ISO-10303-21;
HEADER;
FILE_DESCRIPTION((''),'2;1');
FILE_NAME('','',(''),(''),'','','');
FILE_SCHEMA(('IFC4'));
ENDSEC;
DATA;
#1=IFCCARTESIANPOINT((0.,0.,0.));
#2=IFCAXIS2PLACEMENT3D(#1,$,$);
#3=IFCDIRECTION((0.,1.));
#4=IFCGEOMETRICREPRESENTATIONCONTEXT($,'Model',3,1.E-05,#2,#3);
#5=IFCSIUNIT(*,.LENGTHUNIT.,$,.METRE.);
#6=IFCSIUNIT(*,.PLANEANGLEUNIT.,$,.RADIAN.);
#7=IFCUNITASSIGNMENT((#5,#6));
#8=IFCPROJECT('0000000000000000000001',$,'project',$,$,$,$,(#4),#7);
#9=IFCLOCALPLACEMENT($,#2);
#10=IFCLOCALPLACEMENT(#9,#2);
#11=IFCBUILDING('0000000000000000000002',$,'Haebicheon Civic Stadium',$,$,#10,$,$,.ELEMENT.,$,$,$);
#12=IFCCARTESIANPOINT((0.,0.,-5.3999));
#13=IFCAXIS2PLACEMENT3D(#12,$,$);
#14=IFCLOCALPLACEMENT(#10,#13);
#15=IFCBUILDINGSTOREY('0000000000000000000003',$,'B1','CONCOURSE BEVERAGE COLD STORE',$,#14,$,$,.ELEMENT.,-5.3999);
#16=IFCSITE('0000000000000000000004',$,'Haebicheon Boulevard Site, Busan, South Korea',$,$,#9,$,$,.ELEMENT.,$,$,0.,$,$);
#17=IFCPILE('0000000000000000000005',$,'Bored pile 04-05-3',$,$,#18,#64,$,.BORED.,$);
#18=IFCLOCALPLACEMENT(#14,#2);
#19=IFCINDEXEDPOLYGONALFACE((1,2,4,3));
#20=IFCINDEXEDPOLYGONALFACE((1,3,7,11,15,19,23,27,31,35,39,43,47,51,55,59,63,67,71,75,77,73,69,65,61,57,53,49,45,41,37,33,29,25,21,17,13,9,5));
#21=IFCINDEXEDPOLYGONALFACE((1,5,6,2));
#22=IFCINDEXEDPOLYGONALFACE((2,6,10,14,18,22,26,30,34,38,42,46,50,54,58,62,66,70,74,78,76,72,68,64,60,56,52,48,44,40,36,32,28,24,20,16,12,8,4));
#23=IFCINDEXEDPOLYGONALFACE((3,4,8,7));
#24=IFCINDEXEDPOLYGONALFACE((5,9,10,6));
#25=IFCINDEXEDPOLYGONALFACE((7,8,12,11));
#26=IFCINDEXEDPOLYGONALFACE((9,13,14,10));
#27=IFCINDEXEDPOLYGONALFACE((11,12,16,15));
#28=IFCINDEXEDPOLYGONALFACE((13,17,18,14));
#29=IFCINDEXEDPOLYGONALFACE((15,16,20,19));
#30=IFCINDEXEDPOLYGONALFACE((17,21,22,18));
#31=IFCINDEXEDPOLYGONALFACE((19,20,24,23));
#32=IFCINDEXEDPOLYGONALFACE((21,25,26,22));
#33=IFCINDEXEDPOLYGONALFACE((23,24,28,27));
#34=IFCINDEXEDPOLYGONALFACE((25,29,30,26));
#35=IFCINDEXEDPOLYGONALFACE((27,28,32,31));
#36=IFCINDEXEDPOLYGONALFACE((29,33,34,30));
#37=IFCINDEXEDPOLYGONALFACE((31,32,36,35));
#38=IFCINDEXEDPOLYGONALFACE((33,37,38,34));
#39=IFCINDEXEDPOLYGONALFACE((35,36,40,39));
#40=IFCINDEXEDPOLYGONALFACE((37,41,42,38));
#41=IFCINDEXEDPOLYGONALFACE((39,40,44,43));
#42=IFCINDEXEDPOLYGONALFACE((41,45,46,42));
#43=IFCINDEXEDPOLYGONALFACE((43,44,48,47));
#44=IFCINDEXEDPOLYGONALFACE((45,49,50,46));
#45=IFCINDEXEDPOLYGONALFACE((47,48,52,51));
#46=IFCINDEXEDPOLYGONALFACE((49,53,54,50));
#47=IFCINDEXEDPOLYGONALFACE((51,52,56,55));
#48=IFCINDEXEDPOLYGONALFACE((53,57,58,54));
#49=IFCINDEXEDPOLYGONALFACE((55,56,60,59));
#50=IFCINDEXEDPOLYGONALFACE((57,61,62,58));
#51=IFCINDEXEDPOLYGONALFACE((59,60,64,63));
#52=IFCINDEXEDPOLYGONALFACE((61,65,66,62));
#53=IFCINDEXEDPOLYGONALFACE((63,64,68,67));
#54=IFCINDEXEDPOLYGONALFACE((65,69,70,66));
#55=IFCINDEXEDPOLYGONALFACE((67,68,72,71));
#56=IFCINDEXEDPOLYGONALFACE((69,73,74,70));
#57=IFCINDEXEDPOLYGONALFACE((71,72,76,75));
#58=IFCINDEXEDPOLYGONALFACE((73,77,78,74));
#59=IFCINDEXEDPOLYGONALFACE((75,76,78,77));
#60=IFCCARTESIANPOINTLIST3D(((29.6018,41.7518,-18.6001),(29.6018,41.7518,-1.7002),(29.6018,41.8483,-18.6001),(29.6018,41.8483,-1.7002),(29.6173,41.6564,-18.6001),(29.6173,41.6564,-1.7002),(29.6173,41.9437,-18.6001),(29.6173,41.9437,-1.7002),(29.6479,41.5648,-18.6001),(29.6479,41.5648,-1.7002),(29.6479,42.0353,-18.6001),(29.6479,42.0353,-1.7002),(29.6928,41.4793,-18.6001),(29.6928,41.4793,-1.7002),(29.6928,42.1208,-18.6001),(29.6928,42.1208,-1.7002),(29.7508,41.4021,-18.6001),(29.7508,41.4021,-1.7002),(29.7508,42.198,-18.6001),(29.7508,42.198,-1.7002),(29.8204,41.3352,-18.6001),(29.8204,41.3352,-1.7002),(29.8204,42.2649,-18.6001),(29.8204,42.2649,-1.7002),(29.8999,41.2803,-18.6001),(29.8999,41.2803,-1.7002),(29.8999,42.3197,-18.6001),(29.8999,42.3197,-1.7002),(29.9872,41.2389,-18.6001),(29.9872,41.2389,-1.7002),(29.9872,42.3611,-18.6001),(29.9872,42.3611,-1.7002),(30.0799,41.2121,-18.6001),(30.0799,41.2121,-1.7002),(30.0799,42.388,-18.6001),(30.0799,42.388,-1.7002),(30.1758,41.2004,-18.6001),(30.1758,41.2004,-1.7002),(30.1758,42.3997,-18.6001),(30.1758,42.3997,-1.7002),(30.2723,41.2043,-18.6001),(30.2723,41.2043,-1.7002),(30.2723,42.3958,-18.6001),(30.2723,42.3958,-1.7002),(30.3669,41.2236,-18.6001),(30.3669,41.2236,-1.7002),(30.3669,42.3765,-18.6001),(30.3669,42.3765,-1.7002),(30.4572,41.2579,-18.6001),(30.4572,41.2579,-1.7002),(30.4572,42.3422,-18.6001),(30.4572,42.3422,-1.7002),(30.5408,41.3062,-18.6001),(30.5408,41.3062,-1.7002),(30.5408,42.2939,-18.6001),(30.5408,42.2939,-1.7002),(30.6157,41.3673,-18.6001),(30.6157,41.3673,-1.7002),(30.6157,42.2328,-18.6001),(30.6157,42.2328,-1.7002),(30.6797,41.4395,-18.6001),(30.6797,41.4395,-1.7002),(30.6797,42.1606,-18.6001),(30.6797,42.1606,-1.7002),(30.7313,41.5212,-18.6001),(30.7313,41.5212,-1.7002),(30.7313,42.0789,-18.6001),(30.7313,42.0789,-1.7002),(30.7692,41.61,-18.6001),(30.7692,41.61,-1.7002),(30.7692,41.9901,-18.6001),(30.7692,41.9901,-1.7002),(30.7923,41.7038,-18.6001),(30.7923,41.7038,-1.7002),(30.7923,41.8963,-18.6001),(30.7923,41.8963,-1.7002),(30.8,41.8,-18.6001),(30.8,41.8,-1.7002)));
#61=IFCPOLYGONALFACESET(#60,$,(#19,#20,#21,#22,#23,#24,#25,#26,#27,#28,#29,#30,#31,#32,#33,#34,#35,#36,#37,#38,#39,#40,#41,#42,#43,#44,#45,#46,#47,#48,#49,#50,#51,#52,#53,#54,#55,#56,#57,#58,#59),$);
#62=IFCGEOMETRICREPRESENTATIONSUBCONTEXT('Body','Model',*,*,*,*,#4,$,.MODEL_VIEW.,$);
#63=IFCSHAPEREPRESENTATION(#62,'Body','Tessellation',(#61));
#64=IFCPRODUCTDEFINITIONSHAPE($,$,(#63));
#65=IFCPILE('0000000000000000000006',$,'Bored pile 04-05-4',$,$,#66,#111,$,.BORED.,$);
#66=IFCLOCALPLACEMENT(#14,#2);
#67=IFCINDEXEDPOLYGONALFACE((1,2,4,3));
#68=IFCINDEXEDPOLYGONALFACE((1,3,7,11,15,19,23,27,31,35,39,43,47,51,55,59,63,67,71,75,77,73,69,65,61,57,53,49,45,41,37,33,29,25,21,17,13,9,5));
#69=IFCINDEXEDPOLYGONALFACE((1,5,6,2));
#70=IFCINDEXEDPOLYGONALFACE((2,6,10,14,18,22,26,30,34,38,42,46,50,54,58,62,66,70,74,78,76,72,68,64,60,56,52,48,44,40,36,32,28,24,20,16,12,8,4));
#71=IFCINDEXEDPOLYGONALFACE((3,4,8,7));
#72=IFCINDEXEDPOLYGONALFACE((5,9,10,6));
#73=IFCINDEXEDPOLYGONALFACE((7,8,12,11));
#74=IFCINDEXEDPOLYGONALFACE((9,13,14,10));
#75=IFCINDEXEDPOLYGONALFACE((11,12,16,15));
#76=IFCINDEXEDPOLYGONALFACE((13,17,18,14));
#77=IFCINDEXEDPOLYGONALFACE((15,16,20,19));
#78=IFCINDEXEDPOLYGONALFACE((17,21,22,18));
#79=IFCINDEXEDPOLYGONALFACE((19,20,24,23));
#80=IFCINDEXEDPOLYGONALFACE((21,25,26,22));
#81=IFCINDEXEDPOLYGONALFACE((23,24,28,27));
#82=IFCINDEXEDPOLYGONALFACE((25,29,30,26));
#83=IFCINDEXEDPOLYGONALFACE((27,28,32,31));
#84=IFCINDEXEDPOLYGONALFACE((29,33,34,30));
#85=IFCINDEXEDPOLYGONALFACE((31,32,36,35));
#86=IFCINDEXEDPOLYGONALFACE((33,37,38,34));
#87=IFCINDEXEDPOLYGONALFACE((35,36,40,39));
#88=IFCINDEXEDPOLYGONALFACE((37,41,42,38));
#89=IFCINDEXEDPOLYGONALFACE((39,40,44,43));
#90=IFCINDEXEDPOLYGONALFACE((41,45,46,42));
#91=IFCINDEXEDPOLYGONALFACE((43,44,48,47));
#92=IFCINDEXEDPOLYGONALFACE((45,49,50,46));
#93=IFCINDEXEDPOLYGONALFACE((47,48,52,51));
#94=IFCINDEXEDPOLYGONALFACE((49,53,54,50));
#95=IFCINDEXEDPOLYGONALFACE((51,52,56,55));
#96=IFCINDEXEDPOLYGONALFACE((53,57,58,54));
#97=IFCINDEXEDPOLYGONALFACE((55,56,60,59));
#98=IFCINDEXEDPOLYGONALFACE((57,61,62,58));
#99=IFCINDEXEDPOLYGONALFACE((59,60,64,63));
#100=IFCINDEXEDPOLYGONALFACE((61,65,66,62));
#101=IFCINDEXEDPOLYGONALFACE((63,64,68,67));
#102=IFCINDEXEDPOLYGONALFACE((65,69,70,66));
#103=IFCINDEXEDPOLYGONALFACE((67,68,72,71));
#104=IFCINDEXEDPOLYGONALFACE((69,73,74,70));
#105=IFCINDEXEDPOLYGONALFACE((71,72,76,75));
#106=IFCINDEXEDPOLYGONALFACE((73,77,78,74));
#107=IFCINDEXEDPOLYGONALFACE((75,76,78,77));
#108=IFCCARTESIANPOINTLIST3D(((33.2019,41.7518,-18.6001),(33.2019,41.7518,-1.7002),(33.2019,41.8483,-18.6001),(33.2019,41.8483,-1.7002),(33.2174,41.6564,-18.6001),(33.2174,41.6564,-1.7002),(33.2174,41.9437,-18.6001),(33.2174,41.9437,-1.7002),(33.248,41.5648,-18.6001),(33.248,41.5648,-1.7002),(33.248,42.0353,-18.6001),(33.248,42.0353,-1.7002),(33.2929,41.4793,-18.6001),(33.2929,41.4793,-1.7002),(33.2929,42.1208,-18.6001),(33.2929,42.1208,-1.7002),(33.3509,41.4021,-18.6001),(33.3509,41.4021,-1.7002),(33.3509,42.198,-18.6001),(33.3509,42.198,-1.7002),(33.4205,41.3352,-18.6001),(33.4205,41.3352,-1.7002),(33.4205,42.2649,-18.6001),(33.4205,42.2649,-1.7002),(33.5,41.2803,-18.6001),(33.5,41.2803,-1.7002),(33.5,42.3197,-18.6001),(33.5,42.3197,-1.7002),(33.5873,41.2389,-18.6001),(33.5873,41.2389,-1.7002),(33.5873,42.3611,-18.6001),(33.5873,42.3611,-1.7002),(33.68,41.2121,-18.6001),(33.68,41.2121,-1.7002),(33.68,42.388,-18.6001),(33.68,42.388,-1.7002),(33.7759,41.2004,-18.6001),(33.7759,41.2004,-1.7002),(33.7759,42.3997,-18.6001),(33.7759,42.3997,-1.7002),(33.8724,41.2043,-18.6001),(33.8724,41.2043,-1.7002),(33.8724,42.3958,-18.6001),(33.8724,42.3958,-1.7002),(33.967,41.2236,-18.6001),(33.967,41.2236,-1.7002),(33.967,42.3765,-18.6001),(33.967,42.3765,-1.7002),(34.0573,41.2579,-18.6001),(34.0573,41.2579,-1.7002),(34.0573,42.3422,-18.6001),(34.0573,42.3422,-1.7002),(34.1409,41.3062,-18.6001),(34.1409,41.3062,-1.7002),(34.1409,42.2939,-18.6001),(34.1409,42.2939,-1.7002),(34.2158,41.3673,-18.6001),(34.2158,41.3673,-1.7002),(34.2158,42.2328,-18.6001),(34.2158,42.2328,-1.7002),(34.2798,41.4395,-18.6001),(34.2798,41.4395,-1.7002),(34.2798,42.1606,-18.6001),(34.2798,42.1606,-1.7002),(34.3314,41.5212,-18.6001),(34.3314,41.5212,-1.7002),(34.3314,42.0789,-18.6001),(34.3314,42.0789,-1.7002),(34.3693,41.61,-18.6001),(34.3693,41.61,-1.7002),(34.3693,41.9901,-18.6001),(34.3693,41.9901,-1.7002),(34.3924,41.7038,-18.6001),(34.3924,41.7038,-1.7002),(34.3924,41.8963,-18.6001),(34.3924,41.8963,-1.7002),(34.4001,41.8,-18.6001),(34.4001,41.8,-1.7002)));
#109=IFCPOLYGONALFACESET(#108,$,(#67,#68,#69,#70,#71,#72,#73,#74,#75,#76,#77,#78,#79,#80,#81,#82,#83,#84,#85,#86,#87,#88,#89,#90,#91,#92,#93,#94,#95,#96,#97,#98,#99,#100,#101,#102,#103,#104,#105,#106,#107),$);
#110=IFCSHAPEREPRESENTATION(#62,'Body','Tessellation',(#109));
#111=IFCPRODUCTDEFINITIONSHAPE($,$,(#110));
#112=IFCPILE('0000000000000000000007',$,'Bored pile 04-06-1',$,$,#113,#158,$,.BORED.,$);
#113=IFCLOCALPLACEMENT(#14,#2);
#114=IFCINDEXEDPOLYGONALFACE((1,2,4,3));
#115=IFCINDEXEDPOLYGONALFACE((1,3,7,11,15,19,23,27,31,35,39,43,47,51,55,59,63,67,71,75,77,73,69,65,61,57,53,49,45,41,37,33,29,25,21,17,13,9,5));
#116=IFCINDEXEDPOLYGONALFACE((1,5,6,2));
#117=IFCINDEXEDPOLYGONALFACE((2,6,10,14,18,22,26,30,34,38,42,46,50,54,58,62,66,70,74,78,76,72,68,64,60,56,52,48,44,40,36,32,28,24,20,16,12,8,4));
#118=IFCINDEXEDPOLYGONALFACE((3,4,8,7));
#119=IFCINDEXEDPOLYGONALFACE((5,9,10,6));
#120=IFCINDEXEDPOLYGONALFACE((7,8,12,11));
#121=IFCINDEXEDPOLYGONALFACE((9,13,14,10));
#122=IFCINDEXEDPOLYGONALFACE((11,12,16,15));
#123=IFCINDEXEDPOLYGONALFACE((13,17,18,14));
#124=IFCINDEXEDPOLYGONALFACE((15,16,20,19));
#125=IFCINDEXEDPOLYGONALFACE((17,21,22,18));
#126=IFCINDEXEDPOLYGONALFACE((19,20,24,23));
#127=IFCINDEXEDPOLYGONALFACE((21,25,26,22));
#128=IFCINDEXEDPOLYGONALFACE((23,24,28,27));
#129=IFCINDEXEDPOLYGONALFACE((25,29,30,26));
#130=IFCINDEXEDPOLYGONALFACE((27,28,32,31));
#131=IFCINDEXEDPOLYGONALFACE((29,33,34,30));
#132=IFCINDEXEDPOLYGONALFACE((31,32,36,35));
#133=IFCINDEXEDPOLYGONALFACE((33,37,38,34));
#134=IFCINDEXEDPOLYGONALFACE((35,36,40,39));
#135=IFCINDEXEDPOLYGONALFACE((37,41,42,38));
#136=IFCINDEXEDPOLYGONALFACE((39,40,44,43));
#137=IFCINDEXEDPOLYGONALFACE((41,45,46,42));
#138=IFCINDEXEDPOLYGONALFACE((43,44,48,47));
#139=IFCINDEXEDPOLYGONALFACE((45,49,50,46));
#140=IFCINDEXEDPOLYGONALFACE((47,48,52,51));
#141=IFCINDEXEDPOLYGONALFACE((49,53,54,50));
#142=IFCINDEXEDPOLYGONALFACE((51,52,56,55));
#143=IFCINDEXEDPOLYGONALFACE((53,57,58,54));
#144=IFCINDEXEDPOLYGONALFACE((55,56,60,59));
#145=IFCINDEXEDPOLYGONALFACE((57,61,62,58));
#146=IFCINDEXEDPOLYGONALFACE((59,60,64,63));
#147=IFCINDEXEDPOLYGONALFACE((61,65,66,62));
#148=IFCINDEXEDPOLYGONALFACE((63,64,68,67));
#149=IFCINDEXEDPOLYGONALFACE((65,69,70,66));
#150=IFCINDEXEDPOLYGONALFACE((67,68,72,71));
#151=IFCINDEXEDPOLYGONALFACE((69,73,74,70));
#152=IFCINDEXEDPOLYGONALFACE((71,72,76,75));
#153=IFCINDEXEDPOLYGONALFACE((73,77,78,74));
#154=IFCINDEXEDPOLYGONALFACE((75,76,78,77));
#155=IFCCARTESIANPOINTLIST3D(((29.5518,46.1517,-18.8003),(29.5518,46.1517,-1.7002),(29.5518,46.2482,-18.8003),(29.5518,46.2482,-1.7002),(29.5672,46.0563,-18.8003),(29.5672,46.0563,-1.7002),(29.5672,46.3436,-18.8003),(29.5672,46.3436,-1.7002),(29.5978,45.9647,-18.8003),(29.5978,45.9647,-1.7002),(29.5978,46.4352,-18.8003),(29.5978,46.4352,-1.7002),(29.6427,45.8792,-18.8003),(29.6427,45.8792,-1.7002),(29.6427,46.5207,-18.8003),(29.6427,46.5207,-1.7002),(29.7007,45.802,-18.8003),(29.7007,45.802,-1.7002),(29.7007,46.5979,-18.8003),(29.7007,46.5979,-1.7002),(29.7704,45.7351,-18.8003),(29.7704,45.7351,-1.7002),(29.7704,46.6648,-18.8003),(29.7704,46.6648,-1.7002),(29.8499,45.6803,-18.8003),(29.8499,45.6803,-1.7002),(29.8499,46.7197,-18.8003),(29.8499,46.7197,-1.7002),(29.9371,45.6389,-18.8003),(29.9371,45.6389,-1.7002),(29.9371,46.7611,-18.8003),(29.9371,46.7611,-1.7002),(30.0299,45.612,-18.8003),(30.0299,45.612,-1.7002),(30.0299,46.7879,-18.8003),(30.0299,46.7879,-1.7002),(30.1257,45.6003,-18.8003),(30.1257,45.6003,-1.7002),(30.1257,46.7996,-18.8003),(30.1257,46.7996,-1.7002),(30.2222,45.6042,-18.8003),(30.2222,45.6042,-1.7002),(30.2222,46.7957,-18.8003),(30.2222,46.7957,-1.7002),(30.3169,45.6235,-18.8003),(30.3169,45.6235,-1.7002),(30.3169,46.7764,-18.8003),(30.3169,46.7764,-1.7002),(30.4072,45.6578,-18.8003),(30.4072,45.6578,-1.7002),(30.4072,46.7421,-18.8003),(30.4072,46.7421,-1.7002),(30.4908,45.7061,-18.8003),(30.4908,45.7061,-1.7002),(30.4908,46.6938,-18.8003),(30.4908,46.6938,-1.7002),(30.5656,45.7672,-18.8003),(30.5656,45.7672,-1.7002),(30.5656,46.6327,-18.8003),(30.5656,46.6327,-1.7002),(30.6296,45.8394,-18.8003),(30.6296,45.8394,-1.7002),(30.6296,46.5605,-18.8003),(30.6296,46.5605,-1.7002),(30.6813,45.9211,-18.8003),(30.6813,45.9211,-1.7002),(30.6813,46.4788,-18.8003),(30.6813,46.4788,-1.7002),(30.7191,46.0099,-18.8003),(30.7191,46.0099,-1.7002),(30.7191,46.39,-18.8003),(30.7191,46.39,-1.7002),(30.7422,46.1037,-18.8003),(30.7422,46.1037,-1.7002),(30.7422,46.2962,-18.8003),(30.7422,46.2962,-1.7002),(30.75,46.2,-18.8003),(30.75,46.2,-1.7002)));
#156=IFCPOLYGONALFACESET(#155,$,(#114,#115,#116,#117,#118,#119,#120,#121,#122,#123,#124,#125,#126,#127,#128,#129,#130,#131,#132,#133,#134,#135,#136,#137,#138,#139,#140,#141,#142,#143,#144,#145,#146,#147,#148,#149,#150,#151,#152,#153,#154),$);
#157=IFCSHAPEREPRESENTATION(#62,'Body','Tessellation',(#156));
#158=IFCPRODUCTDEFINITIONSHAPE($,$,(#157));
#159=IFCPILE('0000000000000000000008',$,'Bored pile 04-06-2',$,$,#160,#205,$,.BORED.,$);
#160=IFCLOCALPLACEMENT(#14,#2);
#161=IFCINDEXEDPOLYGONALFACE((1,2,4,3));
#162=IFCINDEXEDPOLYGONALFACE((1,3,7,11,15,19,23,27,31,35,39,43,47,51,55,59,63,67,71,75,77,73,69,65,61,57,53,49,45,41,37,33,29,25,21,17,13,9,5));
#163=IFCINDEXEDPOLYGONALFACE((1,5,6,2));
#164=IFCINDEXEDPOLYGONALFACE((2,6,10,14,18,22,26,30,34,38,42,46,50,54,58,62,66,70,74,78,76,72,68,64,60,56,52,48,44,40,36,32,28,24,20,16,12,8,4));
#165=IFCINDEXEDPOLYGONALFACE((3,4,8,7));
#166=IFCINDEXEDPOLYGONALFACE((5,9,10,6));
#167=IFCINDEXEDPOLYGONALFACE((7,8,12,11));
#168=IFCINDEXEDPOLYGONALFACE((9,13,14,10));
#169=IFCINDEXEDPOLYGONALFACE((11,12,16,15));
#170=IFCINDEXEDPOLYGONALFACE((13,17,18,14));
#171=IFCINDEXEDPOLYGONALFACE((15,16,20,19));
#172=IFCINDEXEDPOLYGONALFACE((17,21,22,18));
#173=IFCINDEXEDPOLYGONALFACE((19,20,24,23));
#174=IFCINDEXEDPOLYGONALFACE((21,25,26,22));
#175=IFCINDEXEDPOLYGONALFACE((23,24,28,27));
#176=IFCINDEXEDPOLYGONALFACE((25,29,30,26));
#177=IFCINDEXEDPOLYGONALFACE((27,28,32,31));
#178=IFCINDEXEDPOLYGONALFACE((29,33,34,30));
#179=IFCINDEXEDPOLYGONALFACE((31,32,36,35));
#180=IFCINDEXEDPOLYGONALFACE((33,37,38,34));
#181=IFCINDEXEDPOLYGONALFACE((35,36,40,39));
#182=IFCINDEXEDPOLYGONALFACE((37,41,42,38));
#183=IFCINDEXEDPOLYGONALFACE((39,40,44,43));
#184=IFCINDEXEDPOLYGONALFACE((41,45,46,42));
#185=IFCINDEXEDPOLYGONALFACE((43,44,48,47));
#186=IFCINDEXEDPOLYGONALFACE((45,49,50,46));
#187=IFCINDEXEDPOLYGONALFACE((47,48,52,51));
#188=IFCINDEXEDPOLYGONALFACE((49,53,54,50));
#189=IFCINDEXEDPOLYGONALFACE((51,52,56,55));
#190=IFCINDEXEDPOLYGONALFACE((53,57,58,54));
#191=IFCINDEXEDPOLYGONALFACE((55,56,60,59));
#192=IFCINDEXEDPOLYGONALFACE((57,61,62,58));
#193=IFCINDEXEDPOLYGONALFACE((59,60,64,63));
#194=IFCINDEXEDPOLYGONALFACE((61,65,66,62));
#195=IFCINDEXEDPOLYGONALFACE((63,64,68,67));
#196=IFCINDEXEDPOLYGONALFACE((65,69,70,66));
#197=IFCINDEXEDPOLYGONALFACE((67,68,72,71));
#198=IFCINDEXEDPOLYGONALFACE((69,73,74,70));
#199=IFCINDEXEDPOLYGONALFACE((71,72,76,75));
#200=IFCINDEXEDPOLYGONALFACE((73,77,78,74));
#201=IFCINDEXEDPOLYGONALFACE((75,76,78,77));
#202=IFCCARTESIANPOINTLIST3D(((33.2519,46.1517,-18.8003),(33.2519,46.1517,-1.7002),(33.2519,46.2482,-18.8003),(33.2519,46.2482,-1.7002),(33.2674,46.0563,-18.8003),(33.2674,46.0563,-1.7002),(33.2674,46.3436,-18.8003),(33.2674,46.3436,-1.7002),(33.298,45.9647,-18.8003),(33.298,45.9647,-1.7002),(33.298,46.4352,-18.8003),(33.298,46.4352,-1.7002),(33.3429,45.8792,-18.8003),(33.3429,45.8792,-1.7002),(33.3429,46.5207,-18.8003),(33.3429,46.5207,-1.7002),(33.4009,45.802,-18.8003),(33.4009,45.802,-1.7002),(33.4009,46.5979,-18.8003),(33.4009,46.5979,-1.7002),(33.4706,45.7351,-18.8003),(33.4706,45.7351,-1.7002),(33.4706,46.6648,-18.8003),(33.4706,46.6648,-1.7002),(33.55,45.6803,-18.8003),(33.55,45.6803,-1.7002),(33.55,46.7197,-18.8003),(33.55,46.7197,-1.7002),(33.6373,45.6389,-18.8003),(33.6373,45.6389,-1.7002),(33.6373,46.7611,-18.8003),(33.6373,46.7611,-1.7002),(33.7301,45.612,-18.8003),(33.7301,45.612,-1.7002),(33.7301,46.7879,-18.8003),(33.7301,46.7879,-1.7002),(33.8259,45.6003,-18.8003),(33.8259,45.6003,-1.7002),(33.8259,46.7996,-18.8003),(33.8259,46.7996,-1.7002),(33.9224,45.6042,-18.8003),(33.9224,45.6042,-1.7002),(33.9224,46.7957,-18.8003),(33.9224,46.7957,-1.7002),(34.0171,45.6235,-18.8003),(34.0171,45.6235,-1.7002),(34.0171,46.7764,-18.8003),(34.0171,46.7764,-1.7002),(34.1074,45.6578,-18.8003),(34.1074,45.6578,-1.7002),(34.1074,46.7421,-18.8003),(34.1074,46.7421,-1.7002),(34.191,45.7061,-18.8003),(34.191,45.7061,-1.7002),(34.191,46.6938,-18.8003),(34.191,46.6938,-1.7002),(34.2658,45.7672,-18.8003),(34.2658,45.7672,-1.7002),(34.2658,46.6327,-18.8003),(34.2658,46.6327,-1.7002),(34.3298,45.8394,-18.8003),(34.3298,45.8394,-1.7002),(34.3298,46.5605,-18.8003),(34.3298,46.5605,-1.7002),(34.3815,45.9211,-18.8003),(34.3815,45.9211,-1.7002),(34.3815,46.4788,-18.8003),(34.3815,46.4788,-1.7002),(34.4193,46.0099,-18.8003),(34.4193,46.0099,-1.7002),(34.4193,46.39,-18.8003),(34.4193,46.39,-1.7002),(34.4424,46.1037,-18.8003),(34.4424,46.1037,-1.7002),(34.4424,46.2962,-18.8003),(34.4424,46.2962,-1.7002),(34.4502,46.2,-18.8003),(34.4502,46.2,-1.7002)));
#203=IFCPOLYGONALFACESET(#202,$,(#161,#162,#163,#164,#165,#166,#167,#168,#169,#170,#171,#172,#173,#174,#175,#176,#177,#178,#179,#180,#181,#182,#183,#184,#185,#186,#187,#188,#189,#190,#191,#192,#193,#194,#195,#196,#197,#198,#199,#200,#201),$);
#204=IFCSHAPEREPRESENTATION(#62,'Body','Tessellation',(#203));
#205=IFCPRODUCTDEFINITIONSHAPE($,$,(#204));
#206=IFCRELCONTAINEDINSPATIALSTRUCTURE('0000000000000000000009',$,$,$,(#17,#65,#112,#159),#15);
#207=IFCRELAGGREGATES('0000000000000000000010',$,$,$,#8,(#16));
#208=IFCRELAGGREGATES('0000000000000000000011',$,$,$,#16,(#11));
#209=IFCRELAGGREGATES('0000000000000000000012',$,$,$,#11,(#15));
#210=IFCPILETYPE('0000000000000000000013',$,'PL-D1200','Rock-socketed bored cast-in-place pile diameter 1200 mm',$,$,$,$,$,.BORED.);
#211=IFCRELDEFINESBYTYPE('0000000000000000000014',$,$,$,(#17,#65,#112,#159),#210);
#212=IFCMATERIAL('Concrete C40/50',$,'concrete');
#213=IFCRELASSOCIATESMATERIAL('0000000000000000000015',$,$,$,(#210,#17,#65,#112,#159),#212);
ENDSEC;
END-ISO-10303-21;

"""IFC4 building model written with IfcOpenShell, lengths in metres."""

from ifc_helpers import new_model, si_unit, direction, frame, origin, origin_2d, place, context, subcontext, project, spatial, circle, extrude, material, material_profile, profile_set, type_object, element, save


model = new_model("IFC4")

# Units and contexts
model_context = context("Model", 3, precision=1e-05, world=origin(), true_north=direction((0.0, 1.0)))
body_context = subcontext(model_context, "Body", "Model", "MODEL_VIEW")
ifc_project = project(units=[si_unit("LENGTHUNIT", "METRE"), si_unit("PLANEANGLEUNIT", "RADIAN")], contexts=[model_context])

# Site, building, storey
site_placement = place(None, origin())
site = spatial("IfcSite", under=ifc_project, at=site_placement, Name="Haebicheon Boulevard Site, Busan, South Korea", CompositionType="ELEMENT", RefElevation=0.0)
building_placement = place(site_placement, origin())
building = spatial("IfcBuilding", under=site, at=building_placement, Name="Haebicheon Civic Stadium", CompositionType="ELEMENT")
storey_placement = place(building_placement, frame((0.0, 0.0, -5.3999)))
storey = spatial("IfcBuildingStorey", under=building, at=storey_placement, Name="B1", Description="CONCOURSE BEVERAGE COLD STORE", CompositionType="ELEMENT", Elevation=-5.3999)

# Piles
ifc_material_1 = material(Name="Concrete C40/50", Category="concrete")
ifc_material_profile_1 = material_profile(ifc_material_1, circle(Radius=0.6001, at=origin_2d()), Name="PILE-D1200")
ifc_profile_set_1 = profile_set([ifc_material_profile_1], Name="Concrete C40/50")
pile_type_1 = type_object("IfcPileType", Name="PL-D1200", Description="Rock-socketed bored cast-in-place pile diameter 1200 mm", PredefinedType="BORED", material=ifc_profile_set_1)
for number, where, z_axis, x_axis, name in (
    (1, (30.2, 41.8, -1.7002), (0.0, 0.0, -1.0), (1.0, 0.0, 0.0), "Bored pile 04-05-3"),
    (2, (33.8, 41.8, -1.7002), (0.0, 0.0, -1.0), (1.0, 0.0, 0.0), "Bored pile 04-05-4"),
):
    element("IfcPile", number, at=place(storey_placement, frame(where, z_axis=z_axis, x_axis=x_axis)), inside=storey, type_object=pile_type_1, material=ifc_profile_set_1, Name=name, PredefinedType="BORED", context=body_context, shape_type="SweptSolid", body=[
        extrude(circle(Radius=0.6001, at=origin_2d()), origin(), (0.0, 0.0, 1.0), 16.8999),
    ])
for number, where, z_axis, x_axis, name in (
    (3, (30.1499, 46.2, -1.7002), (0.0, 0.0, -1.0), (1.0, 0.0, 0.0), "Bored pile 04-06-1"),
    (4, (33.8501, 46.2, -1.7002), (0.0, 0.0, -1.0), (1.0, 0.0, 0.0), "Bored pile 04-06-2"),
):
    element("IfcPile", number, at=place(storey_placement, frame(where, z_axis=z_axis, x_axis=x_axis)), inside=storey, type_object=pile_type_1, material=ifc_profile_set_1, Name=name, PredefinedType="BORED", context=body_context, shape_type="SweptSolid", body=[
        extrude(circle(Radius=0.6001, at=origin_2d()), origin(), (0.0, 0.0, 1.0), 17.1001),
    ])

save(model, "model.ifc")
